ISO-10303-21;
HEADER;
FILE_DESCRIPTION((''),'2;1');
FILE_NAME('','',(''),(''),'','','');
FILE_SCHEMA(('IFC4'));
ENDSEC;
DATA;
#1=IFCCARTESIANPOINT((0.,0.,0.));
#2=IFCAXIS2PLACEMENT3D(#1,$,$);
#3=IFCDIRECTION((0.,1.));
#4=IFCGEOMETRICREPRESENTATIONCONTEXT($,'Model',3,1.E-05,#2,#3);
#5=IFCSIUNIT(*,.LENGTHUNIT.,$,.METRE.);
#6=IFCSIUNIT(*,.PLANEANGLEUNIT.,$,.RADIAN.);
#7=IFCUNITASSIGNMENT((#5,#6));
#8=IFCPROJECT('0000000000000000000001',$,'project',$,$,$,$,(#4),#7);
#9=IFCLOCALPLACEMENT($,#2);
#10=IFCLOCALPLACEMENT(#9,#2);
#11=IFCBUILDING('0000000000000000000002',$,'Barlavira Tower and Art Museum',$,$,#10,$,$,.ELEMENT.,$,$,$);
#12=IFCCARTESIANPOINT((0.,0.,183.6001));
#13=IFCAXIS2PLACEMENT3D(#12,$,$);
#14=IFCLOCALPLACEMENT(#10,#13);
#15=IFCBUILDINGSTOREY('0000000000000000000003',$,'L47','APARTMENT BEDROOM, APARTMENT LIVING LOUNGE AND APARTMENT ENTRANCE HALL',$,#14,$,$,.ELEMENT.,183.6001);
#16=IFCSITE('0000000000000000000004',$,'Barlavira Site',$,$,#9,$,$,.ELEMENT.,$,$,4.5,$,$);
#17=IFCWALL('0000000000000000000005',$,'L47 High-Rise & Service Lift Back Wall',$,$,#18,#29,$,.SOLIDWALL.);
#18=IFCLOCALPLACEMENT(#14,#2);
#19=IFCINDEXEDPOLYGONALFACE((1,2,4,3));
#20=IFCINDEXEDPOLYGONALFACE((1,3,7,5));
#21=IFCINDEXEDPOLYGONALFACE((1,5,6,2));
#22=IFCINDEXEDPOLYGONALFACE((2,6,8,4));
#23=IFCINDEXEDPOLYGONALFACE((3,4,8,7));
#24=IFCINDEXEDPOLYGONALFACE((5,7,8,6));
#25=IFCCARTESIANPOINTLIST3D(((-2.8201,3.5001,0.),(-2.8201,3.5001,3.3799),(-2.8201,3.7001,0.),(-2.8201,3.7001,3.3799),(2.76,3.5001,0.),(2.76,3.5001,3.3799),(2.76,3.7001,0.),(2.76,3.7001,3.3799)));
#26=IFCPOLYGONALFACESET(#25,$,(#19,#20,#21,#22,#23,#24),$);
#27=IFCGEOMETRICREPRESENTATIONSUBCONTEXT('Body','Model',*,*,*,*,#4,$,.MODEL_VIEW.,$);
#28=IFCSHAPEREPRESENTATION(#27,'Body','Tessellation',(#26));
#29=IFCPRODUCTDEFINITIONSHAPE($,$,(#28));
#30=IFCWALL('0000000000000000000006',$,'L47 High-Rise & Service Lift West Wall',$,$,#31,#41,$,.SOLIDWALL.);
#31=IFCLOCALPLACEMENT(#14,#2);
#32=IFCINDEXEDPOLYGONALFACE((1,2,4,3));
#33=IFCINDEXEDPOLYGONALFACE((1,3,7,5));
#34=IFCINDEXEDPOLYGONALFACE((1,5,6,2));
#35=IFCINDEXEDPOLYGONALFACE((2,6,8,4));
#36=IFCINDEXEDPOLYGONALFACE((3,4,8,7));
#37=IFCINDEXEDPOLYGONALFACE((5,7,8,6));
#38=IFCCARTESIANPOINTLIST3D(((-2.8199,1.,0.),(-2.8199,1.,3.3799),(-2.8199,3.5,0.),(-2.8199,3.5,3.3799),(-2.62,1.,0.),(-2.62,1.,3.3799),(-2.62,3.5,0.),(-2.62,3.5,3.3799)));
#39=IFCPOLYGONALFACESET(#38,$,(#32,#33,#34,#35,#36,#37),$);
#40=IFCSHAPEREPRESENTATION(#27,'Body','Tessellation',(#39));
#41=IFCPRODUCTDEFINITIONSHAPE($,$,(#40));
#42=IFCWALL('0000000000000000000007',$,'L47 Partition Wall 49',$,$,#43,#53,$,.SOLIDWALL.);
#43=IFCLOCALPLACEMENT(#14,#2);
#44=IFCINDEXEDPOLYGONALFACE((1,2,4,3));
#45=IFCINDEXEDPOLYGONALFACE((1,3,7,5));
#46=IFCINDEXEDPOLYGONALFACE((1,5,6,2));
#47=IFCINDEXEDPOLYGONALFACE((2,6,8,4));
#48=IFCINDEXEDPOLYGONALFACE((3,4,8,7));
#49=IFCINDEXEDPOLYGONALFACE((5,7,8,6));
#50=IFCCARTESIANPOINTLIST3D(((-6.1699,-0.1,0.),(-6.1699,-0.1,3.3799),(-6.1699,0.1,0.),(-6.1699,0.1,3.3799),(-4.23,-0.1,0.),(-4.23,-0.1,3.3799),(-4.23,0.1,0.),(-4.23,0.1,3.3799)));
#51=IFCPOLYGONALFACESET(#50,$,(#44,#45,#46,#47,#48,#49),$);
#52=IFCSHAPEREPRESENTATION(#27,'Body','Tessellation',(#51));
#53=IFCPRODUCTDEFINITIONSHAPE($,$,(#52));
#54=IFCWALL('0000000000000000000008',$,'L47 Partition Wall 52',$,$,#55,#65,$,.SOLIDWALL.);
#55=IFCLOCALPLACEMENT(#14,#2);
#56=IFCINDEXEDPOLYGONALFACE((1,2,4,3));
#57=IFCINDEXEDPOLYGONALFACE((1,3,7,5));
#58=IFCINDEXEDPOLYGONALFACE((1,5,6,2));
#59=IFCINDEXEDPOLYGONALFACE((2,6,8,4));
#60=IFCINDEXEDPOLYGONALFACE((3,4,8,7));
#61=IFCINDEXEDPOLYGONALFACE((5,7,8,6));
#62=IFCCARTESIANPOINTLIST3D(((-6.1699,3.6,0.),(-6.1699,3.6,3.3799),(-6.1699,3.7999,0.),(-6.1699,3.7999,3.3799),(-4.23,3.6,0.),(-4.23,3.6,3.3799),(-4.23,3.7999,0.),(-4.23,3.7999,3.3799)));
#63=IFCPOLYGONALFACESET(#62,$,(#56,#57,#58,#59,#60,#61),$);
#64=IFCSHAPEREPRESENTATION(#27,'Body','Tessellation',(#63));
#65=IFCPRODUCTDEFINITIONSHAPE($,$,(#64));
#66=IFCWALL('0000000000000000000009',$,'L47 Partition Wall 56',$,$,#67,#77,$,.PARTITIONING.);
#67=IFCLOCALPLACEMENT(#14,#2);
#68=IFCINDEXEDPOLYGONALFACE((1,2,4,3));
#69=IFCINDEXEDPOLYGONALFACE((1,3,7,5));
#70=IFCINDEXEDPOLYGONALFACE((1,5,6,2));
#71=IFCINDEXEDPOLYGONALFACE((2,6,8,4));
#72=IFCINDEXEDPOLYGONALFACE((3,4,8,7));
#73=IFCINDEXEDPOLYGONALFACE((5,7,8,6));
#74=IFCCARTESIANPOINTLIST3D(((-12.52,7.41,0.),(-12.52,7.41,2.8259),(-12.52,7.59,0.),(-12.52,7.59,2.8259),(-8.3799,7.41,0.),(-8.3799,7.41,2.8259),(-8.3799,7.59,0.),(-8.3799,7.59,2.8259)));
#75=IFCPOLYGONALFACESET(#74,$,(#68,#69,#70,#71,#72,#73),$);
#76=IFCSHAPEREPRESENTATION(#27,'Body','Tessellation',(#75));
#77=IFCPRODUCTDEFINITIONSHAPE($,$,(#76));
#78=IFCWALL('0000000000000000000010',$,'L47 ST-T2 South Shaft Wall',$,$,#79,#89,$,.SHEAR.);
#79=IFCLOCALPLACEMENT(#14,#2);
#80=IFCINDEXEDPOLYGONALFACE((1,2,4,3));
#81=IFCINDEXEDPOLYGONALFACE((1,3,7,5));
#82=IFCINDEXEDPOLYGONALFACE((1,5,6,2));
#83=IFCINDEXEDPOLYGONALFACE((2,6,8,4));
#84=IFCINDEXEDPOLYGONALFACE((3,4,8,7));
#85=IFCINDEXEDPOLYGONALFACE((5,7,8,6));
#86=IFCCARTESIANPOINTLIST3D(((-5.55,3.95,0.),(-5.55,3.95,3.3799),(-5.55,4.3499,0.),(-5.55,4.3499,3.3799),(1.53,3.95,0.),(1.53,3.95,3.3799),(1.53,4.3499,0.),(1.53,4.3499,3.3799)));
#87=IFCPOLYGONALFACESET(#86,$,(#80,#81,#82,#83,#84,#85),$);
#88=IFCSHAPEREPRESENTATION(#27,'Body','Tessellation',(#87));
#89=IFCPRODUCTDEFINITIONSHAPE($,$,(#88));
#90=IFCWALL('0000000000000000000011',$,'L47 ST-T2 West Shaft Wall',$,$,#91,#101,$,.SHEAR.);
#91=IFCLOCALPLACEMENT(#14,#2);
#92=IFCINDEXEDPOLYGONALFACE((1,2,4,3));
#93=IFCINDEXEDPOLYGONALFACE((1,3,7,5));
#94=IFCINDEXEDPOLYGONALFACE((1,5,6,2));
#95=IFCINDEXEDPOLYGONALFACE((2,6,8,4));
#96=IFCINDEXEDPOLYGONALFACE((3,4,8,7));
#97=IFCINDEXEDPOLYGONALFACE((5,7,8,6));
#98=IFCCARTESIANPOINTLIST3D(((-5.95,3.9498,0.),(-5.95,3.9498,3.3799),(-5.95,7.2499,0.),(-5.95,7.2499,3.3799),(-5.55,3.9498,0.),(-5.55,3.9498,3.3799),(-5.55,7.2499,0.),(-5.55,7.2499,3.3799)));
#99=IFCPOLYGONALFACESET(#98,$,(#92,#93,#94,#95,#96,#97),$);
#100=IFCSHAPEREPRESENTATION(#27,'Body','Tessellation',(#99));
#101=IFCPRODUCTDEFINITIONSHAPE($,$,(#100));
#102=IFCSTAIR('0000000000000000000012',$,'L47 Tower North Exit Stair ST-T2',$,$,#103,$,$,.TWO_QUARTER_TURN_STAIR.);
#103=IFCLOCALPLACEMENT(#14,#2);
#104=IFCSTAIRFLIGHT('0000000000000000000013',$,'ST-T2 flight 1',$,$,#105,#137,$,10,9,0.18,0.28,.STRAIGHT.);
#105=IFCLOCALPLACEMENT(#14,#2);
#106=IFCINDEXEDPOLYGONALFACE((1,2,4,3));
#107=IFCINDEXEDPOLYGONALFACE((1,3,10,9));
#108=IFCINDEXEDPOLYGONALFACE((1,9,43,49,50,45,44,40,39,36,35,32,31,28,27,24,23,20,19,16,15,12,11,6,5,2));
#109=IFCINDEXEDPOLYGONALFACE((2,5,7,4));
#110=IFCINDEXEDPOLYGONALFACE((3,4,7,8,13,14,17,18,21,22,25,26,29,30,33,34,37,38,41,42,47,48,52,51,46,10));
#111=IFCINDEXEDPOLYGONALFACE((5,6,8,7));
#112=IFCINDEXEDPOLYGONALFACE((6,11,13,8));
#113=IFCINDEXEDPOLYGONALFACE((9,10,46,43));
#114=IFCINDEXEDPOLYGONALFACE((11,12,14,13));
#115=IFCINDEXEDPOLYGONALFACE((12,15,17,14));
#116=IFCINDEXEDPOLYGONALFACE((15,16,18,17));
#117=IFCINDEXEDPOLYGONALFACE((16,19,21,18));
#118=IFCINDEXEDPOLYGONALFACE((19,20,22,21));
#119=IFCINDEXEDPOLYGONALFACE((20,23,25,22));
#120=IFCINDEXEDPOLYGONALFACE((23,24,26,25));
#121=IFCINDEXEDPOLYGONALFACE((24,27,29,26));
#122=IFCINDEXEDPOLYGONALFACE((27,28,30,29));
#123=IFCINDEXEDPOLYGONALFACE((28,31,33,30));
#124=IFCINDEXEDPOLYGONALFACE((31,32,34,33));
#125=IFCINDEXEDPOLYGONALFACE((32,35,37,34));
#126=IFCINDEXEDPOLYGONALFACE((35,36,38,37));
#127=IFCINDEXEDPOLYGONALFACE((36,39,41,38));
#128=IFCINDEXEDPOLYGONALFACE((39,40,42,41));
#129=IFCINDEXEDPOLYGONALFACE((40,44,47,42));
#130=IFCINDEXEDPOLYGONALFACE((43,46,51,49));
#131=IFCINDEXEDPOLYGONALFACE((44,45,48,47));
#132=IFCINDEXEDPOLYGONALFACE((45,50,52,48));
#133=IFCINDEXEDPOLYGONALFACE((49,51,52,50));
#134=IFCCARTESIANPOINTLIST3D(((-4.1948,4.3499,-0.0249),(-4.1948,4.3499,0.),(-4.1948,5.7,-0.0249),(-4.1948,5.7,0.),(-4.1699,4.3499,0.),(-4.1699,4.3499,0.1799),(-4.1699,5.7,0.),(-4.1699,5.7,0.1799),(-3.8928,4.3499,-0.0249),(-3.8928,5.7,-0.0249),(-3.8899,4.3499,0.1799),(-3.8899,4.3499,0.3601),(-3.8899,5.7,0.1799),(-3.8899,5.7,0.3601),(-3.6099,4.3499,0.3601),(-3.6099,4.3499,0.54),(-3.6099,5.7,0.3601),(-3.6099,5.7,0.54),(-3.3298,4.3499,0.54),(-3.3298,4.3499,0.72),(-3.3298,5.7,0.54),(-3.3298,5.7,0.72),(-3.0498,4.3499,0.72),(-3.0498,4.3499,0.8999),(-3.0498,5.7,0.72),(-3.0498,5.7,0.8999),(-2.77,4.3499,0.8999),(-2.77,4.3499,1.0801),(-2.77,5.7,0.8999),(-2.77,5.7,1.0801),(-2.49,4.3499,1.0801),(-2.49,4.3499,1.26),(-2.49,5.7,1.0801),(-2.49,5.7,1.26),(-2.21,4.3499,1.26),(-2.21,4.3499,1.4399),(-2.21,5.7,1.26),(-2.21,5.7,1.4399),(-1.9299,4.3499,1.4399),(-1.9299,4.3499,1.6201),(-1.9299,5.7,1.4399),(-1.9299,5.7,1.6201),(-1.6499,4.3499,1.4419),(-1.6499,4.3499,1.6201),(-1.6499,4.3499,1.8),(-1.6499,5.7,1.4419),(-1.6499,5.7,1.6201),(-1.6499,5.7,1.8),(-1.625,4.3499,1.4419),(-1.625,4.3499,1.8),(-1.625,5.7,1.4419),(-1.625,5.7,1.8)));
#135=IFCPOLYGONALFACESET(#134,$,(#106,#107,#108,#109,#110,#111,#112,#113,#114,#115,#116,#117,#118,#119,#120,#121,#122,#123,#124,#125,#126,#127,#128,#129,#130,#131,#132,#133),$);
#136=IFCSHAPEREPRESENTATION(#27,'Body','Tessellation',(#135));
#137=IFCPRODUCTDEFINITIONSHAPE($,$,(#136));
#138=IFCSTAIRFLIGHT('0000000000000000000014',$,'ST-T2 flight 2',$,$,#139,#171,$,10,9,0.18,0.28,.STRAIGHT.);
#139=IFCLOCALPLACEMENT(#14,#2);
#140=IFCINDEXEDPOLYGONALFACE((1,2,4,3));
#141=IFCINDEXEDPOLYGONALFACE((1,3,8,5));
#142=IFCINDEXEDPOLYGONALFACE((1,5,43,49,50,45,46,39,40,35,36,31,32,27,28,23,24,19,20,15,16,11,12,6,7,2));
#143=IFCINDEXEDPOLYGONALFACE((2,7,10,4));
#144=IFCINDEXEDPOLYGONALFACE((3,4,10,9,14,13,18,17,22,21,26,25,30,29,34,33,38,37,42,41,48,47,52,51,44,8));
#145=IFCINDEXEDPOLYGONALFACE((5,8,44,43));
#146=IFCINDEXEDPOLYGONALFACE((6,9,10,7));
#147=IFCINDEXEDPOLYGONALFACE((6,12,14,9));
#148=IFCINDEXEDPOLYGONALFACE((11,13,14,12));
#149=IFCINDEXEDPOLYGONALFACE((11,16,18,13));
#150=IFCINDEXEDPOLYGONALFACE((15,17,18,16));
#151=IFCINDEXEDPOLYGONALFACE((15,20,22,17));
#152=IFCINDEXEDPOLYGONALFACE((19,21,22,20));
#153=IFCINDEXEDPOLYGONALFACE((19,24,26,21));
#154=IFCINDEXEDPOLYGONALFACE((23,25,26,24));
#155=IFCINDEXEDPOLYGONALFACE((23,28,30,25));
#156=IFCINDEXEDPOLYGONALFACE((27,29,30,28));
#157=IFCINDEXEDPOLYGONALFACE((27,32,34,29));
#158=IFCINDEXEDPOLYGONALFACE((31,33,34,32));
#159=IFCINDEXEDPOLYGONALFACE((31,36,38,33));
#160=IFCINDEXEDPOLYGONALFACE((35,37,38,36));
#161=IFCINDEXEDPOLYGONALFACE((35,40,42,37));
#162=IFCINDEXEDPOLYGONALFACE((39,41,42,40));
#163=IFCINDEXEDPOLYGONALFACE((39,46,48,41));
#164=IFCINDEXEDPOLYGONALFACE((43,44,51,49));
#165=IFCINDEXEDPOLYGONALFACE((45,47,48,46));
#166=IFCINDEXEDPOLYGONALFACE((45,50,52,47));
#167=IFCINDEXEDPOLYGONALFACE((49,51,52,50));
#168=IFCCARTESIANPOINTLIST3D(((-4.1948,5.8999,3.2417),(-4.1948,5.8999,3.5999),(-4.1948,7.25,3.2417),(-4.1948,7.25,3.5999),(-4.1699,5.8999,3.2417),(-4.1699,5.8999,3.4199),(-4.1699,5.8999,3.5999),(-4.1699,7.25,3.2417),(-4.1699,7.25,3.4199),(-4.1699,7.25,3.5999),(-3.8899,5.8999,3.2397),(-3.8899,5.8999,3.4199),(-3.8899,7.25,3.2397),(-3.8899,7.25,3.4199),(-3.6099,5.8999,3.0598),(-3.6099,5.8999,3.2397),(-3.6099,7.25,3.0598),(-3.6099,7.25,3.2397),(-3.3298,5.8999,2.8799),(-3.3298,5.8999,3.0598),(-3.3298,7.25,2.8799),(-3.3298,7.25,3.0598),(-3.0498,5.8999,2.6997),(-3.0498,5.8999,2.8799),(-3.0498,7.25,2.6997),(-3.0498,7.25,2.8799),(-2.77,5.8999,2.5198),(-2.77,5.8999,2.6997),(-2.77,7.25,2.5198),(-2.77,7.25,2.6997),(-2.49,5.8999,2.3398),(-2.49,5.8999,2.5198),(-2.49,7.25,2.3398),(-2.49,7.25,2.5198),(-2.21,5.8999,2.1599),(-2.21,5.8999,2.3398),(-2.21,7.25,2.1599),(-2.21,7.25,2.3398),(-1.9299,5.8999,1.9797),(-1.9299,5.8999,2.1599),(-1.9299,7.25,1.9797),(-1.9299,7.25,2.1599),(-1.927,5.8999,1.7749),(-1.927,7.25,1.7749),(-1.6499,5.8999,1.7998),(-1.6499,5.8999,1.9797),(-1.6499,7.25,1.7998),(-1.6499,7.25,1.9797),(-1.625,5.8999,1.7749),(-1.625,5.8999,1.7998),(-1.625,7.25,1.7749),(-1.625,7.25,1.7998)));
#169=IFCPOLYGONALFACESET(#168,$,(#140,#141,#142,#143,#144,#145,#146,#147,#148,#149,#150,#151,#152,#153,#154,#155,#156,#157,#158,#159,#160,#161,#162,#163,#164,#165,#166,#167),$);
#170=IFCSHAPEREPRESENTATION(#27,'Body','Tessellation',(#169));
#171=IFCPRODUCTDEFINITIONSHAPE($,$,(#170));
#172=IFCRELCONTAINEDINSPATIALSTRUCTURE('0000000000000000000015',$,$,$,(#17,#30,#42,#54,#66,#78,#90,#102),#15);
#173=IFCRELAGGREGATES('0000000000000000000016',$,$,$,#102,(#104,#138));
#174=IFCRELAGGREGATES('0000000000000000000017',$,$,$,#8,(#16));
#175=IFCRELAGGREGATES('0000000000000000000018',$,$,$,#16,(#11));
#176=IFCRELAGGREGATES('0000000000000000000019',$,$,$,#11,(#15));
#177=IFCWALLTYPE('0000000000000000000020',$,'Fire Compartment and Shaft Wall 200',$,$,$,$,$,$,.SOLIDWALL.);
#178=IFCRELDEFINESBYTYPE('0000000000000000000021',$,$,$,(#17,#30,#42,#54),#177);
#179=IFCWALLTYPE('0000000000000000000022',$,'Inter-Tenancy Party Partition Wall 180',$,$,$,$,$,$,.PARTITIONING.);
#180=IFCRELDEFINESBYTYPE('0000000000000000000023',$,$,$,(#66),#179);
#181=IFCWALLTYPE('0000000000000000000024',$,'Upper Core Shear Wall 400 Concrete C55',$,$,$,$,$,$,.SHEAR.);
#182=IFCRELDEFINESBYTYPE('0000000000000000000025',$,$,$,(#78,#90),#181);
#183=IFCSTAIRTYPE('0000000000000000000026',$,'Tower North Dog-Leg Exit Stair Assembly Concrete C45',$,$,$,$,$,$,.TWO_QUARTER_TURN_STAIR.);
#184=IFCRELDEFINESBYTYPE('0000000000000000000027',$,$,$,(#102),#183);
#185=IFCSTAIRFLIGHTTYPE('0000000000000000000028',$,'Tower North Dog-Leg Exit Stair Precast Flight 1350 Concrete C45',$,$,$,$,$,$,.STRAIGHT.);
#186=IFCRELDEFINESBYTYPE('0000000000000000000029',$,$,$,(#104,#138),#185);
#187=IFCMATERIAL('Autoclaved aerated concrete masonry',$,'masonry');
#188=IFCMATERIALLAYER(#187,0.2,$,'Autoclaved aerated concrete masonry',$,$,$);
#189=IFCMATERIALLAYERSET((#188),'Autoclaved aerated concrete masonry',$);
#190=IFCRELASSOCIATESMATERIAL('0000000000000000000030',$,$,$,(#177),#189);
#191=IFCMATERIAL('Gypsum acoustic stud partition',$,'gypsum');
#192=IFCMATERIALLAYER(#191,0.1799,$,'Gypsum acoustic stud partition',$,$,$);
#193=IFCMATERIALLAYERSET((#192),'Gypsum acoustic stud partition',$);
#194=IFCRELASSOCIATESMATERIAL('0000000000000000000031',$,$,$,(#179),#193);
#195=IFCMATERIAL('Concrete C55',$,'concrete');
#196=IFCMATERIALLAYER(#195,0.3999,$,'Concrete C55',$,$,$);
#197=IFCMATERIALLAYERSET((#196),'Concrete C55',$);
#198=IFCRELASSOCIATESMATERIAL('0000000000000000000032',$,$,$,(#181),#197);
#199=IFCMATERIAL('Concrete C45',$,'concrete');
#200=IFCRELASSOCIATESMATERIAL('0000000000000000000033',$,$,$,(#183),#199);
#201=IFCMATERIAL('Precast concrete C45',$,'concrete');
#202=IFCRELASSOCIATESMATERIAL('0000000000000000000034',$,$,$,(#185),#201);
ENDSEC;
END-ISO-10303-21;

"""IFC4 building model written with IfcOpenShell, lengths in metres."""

from ifc_helpers import new_model, si_unit, direction, frame, frame_2d, origin, place, context, subcontext, project, spatial, polyline, rectangle, outline, extrude, material, layer, layer_set, type_object, element, aggregate, save


model = new_model("IFC4")

# Units and contexts
model_context = context("Model", 3, precision=1e-05, world=origin(), true_north=direction((0.0, 1.0)))
body_context = subcontext(model_context, "Body", "Model", "MODEL_VIEW")
ifc_project = project(units=[si_unit("LENGTHUNIT", "METRE"), si_unit("PLANEANGLEUNIT", "RADIAN")], contexts=[model_context])

# Site, building, storey
site_placement = place(None, origin())
site = spatial("IfcSite", under=ifc_project, at=site_placement, Name="Barlavira Site", CompositionType="ELEMENT", RefElevation=4.5)
building_placement = place(site_placement, origin())
building = spatial("IfcBuilding", under=site, at=building_placement, Name="Barlavira Tower and Art Museum", CompositionType="ELEMENT")
storey_placement = place(building_placement, frame((0.0, 0.0, 183.6001)))
storey = spatial("IfcBuildingStorey", under=building, at=storey_placement, Name="L47", Description="APARTMENT BEDROOM, APARTMENT LIVING LOUNGE AND APARTMENT ENTRANCE HALL", CompositionType="ELEMENT", Elevation=183.6001)

# Shared definitions
ifc_material_1 = material(Name="Gypsum acoustic stud partition", Category="gypsum")

# Shared definitions
ifc_material_2 = material(Name="Autoclaved aerated concrete masonry", Category="masonry")
ifc_layer_1 = layer(ifc_material_2, 0.2, Name="Autoclaved aerated concrete masonry")
ifc_layer_set_1 = layer_set([ifc_layer_1], Name="Autoclaved aerated concrete masonry")
wall_type_1 = type_object("IfcWallType", Name="Fire Compartment and Shaft Wall 200", PredefinedType="SOLIDWALL", material=ifc_layer_set_1)

# Walls
wall_1_placement = place(storey_placement, frame((-2.8201, 3.6001, 0.0), z_axis=(0.0, 0.0, 1.0), x_axis=(1.0, 0.0, 0.0)))
element("IfcWall", 1, at=wall_1_placement, inside=storey, type_object=wall_type_1, Name="L47 High-Rise & Service Lift Back Wall", PredefinedType="SOLIDWALL", context=body_context, shape_type="SweptSolid", body=[
    extrude(rectangle(XDim=5.5801, YDim=0.2, at=frame_2d((2.79, 0.0))), origin(), (0.0, 0.0, 1.0), 3.3799),
])
wall_2_placement = place(storey_placement, frame((-2.72, 1.0, 0.0), z_axis=(0.0, 0.0, 1.0), x_axis=(0.0, 1.0, 0.0)))
element("IfcWall", 2, at=wall_2_placement, inside=storey, type_object=wall_type_1, Name="L47 High-Rise & Service Lift West Wall", PredefinedType="SOLIDWALL", context=body_context, shape_type="SweptSolid", body=[
    extrude(rectangle(XDim=2.5, YDim=0.2, at=frame_2d((1.25, 0.0))), origin(), (0.0, 0.0, 1.0), 3.3799),
])
for number, where, z_axis, x_axis, name in (
    (3, (-6.1699, 0.0, 0.0), (0.0, 0.0, 1.0), (1.0, 0.0, 0.0), "L47 Partition Wall 49"),
    (4, (-6.1699, 3.7, 0.0), (0.0, 0.0, 1.0), (1.0, 0.0, 0.0), "L47 Partition Wall 52"),
):
    element("IfcWall", number, at=place(storey_placement, frame(where, z_axis=z_axis, x_axis=x_axis)), inside=storey, type_object=wall_type_1, Name=name, PredefinedType="SOLIDWALL", context=body_context, shape_type="SweptSolid", body=[
        extrude(rectangle(XDim=1.9399, YDim=0.2, at=frame_2d((0.97, 0.0))), origin(), (0.0, 0.0, 1.0), 3.3799),
    ])
ifc_layer_2 = layer(ifc_material_1, 0.1799, Name="Gypsum acoustic stud partition")
ifc_layer_set_2 = layer_set([ifc_layer_2], Name="Gypsum acoustic stud partition")
wall_type_2 = type_object("IfcWallType", Name="Inter-Tenancy Party Partition Wall 180", PredefinedType="PARTITIONING", material=ifc_layer_set_2)
wall_3_placement = place(storey_placement, frame((-12.52, 7.5, 0.0), z_axis=(0.0, 0.0, 1.0), x_axis=(1.0, 0.0, 0.0)))
element("IfcWall", 5, at=wall_3_placement, inside=storey, type_object=wall_type_2, Name="L47 Partition Wall 56", PredefinedType="PARTITIONING", context=body_context, shape_type="SweptSolid", body=[
    extrude(rectangle(XDim=4.1401, YDim=0.1799, at=frame_2d((2.0701, 0.0))), origin(), (0.0, 0.0, 1.0), 2.8259),
])

# Walls
ifc_material_3 = material(Name="Concrete C55", Category="concrete")
ifc_layer_3 = layer(ifc_material_3, 0.3999, Name="Concrete C55")
ifc_layer_set_3 = layer_set([ifc_layer_3], Name="Concrete C55")
wall_type_3 = type_object("IfcWallType", Name="Upper Core Shear Wall 400 Concrete C55", PredefinedType="SHEAR", material=ifc_layer_set_3)
wall_4_placement = place(storey_placement, frame((-5.55, 4.1499, 0.0), z_axis=(0.0, 0.0, 1.0), x_axis=(1.0, 0.0, 0.0)))
element("IfcWall", 6, at=wall_4_placement, inside=storey, type_object=wall_type_3, Name="L47 ST-T2 South Shaft Wall", PredefinedType="SHEAR", context=body_context, shape_type="SweptSolid", body=[
    extrude(rectangle(XDim=7.0801, YDim=0.3999, at=frame_2d((3.54, 0.0))), origin(), (0.0, 0.0, 1.0), 3.3799),
])
wall_5_placement = place(storey_placement, frame((-5.75, 3.95, 0.0), z_axis=(0.0, 0.0, 1.0), x_axis=(0.0, 1.0, 0.0)))
element("IfcWall", 7, at=wall_5_placement, inside=storey, type_object=wall_type_3, Name="L47 ST-T2 West Shaft Wall", PredefinedType="SHEAR", context=body_context, shape_type="SweptSolid", body=[
    extrude(rectangle(XDim=3.3, YDim=0.3999, at=frame_2d((1.6499, 0.0))), origin(), (0.0, 0.0, 1.0), 3.3799),
])

# Stair, stair flights
ifc_material_4 = material(Name="Concrete C45", Category="concrete")
stair_type = type_object("IfcStairType", Name="Tower North Dog-Leg Exit Stair Assembly Concrete C45", PredefinedType="TWO_QUARTER_TURN_STAIR", material=ifc_material_4)
stair_placement = place(storey_placement, origin())
stair = element("IfcStair", 8, at=stair_placement, inside=storey, type_object=stair_type, Name="L47 Tower North Exit Stair ST-T2", PredefinedType="TWO_QUARTER_TURN_STAIR")
ifc_material_5 = material(Name="Precast concrete C45", Category="concrete")
stair_flight_type = type_object("IfcStairFlightType", Name="Tower North Dog-Leg Exit Stair Precast Flight 1350 Concrete C45", PredefinedType="STRAIGHT", material=ifc_material_5)
stair_flight_1_placement = place(storey_placement, frame((-4.1699, 5.0249, 0.0), z_axis=(0.0, 0.0, 1.0), x_axis=(1.0, 0.0, 0.0)))
stair_flight_1 = element("IfcStairFlight", 9, at=stair_flight_1_placement, type_object=stair_flight_type, Name="ST-T2 flight 1", NumberOfRisers=10, NumberOfTreads=9, PredefinedType="STRAIGHT", RiserHeight=0.18, TreadLength=0.28, context=body_context, shape_type="SweptSolid", body=[
    extrude(outline(polyline([(-0.0249, 0.0), (0.0, 0.0), (0.0, 0.1799), (0.28, 0.1799), (0.28, 0.3601), (0.5601, 0.3601), (0.5601, 0.54), (0.8401, 0.54), (0.8401, 0.72), (1.1201, 0.72), (1.1201, 0.8999), (1.3999, 0.8999), (1.3999, 1.0801), (1.6799, 1.0801), (1.6799, 1.26), (1.96, 1.26), (1.96, 1.4399), (2.24, 1.4399), (2.24, 1.6201), (2.52, 1.6201), (2.52, 1.8), (2.5449, 1.8), (2.5449, 1.4419), (2.52, 1.4419), (0.2771, -0.0249), (-0.0249, -0.0249), (-0.0249, 0.0)])), frame((0.0, 0.675, 0.0), z_axis=(0.0, -1.0, 0.0), x_axis=(1.0, 0.0, 0.0)), (0.0, 0.0, 1.0), 1.3501),
])
stair_flight_2_placement = place(storey_placement, frame((-1.6499, 6.575, 1.7998), z_axis=(0.0, 0.0, 1.0), x_axis=(-1.0, 0.0, 0.0)))
stair_flight_2 = element("IfcStairFlight", 10, at=stair_flight_2_placement, type_object=stair_flight_type, Name="ST-T2 flight 2", NumberOfRisers=10, NumberOfTreads=9, PredefinedType="STRAIGHT", RiserHeight=0.18, TreadLength=0.28, context=body_context, shape_type="SweptSolid", body=[
    extrude(outline(polyline([(-0.0249, 0.0), (0.0, 0.0), (0.0, 0.1799), (0.28, 0.1799), (0.28, 0.3601), (0.5601, 0.3601), (0.5601, 0.54), (0.8401, 0.54), (0.8401, 0.72), (1.1201, 0.72), (1.1201, 0.8999), (1.3999, 0.8999), (1.3999, 1.0801), (1.6799, 1.0801), (1.6799, 1.26), (1.96, 1.26), (1.96, 1.4399), (2.24, 1.4399), (2.24, 1.6201), (2.52, 1.6201), (2.52, 1.8), (2.5449, 1.8), (2.5449, 1.4419), (2.52, 1.4419), (0.2771, -0.0249), (-0.0249, -0.0249), (-0.0249, 0.0)])), frame((0.0, 0.675, 0.0), z_axis=(0.0, -1.0, 0.0), x_axis=(1.0, 0.0, 0.0)), (0.0, 0.0, 1.0), 1.3501),
])
aggregate(stair, [stair_flight_1, stair_flight_2])

save(model, "model.ifc")
